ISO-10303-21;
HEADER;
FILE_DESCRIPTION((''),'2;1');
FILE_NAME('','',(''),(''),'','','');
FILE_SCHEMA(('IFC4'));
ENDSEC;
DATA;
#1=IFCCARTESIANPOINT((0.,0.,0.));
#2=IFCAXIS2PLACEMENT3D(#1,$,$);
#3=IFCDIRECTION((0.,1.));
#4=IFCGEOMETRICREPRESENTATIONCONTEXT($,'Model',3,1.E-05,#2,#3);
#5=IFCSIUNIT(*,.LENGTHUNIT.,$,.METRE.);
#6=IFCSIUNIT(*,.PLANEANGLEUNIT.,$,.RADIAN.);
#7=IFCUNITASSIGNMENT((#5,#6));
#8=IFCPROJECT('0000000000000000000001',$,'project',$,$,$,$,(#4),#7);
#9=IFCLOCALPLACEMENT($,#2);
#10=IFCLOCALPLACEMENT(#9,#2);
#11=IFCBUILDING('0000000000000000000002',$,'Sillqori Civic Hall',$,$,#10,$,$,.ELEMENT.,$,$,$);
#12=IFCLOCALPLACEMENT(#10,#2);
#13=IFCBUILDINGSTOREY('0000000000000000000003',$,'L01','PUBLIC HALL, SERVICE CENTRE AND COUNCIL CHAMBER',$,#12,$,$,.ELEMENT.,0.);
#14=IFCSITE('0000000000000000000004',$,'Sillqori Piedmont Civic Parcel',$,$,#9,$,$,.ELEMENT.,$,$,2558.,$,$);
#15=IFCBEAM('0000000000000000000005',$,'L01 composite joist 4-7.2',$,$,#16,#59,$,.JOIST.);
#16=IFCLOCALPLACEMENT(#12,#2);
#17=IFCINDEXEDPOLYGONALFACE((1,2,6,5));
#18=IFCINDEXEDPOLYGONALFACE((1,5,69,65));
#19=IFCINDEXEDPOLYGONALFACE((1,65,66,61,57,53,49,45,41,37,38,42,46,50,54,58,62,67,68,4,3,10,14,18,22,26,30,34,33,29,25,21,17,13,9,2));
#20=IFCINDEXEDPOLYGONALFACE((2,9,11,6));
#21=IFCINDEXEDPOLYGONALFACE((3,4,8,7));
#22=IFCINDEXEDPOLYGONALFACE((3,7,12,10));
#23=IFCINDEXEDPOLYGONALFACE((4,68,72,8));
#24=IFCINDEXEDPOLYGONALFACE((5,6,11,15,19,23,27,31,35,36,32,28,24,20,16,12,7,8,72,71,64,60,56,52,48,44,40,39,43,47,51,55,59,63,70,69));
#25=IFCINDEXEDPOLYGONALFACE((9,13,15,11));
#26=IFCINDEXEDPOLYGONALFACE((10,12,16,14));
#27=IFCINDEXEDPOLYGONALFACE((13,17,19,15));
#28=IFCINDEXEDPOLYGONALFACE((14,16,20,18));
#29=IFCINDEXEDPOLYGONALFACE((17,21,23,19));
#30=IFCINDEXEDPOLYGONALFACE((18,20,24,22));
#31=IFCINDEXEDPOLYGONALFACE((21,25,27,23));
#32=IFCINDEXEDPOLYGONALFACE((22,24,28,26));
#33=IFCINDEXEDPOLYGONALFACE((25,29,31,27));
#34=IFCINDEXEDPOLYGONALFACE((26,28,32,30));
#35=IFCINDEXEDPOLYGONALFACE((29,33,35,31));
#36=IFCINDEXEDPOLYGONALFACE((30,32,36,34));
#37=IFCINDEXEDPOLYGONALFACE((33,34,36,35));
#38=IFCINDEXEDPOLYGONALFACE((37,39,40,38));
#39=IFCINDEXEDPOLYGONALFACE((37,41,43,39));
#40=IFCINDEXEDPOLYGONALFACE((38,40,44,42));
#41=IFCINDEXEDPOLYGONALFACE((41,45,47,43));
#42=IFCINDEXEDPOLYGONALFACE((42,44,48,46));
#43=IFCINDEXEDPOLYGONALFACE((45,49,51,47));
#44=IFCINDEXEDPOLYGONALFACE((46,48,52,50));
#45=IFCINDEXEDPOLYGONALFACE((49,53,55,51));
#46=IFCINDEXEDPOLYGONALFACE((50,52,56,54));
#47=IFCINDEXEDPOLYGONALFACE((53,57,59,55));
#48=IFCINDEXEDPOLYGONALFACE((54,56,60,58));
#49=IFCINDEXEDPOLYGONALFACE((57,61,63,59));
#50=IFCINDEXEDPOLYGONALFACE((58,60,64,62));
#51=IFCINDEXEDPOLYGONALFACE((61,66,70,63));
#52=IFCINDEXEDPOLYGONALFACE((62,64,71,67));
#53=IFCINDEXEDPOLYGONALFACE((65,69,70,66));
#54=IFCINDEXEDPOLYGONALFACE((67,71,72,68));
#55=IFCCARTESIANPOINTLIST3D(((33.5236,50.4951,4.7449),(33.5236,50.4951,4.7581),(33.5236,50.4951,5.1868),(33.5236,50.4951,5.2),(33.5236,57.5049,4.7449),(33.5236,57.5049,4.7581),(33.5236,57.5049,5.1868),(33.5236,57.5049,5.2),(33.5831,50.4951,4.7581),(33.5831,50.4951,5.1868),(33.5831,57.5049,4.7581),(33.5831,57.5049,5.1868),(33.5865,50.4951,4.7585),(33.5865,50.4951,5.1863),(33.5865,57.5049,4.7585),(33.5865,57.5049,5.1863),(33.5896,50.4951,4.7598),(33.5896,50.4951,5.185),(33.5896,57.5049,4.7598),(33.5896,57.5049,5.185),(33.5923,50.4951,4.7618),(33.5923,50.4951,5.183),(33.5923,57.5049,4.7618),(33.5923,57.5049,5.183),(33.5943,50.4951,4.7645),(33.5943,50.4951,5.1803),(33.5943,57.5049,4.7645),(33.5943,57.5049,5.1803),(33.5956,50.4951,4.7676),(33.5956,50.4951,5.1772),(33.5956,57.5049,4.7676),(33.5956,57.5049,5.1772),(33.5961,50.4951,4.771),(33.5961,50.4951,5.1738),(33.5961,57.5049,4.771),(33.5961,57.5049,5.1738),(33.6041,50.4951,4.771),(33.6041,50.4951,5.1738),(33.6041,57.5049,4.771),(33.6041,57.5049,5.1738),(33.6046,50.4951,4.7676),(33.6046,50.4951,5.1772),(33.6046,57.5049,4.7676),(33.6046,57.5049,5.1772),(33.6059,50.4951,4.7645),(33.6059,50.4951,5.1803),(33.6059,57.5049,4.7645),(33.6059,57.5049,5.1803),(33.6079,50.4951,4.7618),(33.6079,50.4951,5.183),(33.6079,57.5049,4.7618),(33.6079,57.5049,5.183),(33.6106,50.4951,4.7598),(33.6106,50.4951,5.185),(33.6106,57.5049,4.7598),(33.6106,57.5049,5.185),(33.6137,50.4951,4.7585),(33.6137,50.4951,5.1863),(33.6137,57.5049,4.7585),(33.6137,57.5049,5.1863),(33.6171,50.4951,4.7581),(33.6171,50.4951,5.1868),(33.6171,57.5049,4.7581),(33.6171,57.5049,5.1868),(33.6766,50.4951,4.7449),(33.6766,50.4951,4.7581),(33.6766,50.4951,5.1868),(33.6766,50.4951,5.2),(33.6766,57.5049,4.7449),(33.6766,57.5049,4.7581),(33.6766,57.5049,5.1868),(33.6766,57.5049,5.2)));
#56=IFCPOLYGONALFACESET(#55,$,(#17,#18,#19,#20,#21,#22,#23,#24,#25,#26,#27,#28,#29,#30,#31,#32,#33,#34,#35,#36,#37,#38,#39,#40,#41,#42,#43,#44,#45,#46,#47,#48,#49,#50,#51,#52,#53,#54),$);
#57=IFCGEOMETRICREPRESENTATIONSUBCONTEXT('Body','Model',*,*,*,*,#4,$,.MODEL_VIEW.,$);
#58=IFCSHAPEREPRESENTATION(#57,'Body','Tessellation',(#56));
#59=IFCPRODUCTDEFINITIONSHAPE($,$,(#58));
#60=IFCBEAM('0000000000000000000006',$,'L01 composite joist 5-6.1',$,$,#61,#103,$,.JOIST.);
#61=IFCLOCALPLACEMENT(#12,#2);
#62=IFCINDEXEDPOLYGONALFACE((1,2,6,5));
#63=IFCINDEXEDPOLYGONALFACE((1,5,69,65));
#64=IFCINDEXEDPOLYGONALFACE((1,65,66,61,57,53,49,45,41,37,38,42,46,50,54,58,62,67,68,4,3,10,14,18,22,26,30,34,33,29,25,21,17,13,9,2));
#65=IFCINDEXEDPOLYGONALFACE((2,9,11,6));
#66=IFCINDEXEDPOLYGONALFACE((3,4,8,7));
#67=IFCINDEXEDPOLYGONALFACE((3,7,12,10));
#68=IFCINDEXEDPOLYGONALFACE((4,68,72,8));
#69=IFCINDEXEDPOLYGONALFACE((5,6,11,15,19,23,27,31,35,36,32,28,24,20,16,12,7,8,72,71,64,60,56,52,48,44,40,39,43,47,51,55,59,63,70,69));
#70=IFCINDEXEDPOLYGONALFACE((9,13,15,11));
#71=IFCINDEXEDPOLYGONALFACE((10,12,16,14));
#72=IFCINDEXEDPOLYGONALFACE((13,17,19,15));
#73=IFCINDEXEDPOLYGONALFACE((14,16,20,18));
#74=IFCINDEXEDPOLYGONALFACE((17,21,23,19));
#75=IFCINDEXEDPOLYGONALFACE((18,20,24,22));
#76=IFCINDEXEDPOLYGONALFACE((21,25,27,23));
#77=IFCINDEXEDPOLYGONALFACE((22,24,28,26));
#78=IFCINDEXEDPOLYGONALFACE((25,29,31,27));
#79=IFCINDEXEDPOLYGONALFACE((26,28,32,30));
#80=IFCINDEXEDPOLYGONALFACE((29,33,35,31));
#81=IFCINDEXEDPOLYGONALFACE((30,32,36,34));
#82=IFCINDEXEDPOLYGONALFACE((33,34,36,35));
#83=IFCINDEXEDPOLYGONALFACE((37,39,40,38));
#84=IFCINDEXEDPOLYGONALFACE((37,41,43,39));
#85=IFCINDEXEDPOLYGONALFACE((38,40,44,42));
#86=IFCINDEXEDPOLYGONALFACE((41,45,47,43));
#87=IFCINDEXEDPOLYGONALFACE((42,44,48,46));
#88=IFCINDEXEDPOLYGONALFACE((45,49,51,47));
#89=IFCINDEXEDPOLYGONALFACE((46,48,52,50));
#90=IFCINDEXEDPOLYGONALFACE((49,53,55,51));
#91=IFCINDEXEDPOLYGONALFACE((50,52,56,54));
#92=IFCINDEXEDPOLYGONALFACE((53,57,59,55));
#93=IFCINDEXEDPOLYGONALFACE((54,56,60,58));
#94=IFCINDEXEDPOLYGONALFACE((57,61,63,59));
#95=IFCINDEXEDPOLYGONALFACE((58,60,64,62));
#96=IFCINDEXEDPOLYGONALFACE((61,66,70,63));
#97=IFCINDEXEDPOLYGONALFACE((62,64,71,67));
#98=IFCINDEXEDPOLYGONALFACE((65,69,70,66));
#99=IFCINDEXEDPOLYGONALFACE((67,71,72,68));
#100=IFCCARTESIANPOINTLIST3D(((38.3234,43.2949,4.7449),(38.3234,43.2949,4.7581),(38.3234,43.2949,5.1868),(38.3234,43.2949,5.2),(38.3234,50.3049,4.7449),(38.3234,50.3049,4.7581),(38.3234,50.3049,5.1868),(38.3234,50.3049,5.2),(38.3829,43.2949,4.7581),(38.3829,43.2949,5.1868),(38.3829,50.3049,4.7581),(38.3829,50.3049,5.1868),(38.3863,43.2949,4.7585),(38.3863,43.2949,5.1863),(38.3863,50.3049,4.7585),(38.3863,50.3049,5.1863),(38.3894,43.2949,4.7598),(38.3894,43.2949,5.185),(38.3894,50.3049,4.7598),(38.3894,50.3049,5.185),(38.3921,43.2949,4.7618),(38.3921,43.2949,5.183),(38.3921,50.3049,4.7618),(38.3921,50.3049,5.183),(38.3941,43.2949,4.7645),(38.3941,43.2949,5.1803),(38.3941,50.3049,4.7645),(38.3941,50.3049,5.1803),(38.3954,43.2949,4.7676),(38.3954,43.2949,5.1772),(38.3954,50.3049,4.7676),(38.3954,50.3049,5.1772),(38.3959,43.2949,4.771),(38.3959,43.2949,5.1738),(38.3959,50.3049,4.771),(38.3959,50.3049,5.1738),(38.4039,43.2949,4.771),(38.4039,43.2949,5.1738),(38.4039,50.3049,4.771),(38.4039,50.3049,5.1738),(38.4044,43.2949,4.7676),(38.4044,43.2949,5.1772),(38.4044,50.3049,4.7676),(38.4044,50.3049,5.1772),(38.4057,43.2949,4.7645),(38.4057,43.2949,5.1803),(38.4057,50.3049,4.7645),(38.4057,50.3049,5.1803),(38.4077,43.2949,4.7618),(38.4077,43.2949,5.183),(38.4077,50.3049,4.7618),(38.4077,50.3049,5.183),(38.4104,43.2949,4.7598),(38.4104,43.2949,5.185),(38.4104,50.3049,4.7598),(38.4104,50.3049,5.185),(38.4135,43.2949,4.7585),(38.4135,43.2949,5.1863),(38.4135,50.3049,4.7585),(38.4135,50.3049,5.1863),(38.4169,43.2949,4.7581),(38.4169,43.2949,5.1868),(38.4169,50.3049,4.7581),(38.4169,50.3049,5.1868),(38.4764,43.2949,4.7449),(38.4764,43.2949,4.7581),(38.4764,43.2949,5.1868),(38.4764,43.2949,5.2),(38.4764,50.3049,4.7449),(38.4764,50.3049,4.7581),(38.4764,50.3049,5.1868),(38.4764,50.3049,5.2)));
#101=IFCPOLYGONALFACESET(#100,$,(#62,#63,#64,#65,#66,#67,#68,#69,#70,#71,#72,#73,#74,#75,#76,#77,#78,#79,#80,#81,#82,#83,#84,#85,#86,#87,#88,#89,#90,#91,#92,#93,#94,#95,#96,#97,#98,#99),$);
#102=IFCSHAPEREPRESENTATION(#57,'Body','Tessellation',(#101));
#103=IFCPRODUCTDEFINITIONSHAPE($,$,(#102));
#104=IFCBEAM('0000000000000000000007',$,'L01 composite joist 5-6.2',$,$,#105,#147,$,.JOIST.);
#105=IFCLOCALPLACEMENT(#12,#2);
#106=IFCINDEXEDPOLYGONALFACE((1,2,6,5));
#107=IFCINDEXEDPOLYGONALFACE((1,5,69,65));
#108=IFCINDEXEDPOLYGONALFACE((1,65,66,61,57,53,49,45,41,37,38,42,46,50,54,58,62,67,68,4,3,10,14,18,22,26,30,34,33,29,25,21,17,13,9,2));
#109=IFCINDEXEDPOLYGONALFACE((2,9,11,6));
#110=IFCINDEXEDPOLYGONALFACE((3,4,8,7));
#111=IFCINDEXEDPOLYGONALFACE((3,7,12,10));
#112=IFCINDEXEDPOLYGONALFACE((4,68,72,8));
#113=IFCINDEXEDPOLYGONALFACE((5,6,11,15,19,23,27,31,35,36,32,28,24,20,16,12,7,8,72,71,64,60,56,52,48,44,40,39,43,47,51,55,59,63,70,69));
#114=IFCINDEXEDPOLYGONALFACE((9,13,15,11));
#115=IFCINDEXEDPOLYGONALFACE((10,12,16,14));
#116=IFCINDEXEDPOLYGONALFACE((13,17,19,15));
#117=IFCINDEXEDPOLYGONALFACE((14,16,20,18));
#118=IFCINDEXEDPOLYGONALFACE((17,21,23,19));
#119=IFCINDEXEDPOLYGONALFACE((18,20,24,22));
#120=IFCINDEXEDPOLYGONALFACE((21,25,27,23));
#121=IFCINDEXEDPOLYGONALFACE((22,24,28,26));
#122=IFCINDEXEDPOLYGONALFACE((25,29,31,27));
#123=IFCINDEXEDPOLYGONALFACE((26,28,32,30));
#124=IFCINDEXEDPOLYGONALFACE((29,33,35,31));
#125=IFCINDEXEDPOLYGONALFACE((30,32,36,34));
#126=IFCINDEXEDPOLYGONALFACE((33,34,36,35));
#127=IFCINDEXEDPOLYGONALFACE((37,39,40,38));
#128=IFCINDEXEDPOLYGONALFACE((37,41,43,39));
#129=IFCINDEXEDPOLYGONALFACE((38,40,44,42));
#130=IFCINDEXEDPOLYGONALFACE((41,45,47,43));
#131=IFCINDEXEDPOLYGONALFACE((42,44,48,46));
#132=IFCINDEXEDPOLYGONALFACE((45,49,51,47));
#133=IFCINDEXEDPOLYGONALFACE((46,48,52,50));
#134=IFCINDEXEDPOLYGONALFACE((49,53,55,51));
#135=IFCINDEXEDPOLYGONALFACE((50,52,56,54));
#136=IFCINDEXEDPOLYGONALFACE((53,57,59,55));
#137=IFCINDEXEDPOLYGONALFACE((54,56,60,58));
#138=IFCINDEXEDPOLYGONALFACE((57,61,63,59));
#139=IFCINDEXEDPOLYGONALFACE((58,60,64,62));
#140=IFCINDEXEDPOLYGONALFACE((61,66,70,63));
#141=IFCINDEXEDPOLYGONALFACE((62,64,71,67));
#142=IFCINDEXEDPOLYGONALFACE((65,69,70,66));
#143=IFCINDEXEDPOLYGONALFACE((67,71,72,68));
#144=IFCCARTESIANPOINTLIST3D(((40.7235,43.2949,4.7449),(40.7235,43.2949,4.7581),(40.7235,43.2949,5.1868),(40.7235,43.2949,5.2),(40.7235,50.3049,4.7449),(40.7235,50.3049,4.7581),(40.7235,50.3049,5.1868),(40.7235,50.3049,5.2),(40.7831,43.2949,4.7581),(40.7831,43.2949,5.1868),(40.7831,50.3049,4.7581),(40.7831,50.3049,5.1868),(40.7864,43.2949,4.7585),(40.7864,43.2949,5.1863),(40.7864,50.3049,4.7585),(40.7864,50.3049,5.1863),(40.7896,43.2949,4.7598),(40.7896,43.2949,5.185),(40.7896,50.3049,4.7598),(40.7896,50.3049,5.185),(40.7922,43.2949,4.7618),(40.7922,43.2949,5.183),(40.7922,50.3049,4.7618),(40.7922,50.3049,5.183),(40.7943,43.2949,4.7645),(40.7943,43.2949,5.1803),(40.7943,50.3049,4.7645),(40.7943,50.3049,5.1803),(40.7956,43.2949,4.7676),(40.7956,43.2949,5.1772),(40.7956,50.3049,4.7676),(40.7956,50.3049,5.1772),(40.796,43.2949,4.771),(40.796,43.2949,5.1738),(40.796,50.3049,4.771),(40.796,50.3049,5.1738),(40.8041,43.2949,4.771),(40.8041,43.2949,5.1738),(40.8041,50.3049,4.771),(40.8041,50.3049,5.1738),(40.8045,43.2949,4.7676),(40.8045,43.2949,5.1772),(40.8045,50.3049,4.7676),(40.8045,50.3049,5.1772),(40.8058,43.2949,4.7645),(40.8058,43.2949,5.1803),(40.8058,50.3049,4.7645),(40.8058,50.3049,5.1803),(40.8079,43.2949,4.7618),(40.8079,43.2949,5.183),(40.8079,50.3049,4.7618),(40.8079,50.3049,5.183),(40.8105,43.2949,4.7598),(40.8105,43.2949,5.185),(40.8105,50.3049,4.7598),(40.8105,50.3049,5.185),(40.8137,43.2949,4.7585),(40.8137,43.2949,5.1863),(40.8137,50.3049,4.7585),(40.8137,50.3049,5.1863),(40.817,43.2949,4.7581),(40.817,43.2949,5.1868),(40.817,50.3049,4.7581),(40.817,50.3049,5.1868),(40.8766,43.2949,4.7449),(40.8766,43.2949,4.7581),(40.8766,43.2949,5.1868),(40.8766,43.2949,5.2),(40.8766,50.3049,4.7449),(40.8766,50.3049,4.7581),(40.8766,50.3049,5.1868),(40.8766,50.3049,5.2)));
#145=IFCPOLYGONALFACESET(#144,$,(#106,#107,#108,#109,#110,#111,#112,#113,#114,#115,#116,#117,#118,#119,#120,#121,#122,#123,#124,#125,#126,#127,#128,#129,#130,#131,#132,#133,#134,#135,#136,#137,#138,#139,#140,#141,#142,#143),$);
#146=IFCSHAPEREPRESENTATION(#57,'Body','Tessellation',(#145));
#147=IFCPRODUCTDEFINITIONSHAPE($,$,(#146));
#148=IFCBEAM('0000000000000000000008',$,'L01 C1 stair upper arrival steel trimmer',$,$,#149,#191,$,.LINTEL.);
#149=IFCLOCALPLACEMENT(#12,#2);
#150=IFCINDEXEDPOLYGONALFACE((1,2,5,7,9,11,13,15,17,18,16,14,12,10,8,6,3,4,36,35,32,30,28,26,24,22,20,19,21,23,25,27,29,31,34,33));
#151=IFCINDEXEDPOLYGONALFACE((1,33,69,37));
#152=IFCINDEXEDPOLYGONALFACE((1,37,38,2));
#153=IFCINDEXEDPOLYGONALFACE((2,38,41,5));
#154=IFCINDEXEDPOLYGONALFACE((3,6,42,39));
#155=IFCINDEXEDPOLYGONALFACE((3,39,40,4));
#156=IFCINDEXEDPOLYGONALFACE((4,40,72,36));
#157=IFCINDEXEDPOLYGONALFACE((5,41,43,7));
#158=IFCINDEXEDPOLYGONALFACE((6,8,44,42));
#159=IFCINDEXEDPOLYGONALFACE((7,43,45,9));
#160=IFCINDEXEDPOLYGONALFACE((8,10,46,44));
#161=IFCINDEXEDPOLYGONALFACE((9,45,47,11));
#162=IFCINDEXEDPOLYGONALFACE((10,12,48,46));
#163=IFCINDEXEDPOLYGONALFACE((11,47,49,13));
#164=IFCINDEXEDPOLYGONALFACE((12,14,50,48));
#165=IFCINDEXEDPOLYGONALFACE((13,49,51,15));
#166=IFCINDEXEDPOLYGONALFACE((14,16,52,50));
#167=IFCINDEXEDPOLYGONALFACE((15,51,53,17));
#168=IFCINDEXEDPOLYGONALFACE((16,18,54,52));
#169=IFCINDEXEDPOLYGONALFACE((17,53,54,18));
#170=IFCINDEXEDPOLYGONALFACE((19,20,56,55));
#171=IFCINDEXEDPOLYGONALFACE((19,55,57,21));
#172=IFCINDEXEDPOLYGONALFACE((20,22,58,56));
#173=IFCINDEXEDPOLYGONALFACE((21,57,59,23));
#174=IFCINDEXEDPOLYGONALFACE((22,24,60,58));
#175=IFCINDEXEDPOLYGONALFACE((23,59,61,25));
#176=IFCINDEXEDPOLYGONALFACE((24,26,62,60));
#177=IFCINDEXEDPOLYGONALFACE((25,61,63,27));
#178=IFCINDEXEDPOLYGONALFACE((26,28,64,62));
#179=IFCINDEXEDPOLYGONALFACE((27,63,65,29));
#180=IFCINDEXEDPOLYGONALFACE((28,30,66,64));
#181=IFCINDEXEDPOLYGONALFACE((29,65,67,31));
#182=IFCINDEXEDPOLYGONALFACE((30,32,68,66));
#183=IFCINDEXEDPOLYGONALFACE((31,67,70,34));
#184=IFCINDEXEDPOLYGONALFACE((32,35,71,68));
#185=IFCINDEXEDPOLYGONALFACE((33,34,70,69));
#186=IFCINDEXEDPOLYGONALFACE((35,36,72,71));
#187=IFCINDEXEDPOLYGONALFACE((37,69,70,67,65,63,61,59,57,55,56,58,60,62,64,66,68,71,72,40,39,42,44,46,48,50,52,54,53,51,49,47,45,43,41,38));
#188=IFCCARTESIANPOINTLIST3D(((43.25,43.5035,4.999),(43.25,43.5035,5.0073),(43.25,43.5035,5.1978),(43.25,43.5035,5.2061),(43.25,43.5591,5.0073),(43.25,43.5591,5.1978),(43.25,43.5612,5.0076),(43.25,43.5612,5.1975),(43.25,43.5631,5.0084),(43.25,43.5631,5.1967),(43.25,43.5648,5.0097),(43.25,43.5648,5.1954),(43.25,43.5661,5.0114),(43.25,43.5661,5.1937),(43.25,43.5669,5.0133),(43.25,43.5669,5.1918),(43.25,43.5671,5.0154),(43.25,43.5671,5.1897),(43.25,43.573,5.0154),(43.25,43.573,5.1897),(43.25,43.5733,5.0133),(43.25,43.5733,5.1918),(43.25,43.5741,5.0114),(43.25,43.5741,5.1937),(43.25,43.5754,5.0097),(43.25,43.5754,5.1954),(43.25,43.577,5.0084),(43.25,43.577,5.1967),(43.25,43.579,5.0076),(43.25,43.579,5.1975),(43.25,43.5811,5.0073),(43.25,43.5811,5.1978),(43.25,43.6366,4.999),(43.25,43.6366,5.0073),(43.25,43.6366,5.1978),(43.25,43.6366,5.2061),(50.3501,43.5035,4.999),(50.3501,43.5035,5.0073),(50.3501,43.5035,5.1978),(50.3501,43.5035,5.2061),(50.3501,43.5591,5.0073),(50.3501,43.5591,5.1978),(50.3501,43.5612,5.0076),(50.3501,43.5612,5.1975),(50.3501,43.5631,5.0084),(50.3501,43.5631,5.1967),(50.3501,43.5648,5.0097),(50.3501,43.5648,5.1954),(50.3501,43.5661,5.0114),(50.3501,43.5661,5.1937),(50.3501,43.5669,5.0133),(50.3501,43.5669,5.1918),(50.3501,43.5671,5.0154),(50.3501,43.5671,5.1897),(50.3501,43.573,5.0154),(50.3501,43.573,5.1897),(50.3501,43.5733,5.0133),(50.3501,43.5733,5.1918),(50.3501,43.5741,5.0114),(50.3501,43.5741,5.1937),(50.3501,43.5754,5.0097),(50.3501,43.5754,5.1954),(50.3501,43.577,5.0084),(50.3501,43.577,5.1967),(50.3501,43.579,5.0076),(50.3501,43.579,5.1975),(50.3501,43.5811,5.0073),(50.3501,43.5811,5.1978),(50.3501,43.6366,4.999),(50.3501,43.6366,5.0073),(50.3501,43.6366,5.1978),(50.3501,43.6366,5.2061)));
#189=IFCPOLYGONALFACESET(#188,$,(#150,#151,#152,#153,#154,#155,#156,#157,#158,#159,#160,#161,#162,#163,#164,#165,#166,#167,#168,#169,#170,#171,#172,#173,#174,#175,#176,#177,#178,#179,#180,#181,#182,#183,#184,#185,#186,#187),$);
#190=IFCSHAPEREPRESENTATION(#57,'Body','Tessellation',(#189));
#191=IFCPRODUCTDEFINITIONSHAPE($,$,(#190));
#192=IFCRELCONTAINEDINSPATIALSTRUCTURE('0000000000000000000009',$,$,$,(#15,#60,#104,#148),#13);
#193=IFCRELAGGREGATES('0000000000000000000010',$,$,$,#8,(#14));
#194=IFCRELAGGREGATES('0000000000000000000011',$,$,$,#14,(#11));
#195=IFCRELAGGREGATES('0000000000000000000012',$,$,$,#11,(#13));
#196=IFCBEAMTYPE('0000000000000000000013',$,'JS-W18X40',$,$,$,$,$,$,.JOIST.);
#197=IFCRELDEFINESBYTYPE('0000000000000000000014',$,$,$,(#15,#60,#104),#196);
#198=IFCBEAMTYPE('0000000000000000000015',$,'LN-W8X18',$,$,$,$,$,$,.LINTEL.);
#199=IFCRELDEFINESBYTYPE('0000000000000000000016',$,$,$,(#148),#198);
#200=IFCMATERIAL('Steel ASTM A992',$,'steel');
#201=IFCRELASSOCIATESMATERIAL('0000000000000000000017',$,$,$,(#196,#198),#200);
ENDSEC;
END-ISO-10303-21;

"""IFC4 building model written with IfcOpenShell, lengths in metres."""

from ifc_helpers import new_model, si_unit, direction, frame, origin, origin_2d, place, context, subcontext, project, spatial, i_section, extrude, material, material_profile, profile_set, type_object, element, save


model = new_model("IFC4")

# Units and contexts
model_context = context("Model", 3, precision=1e-05, world=origin(), true_north=direction((0.0, 1.0)))
body_context = subcontext(model_context, "Body", "Model", "MODEL_VIEW")
ifc_project = project(units=[si_unit("LENGTHUNIT", "METRE"), si_unit("PLANEANGLEUNIT", "RADIAN")], contexts=[model_context])

# Site, building, storey
site_placement = place(None, origin())
site = spatial("IfcSite", under=ifc_project, at=site_placement, Name="Sillqori Piedmont Civic Parcel", CompositionType="ELEMENT", RefElevation=2558.0)
building_placement = place(site_placement, origin())
building = spatial("IfcBuilding", under=site, at=building_placement, Name="Sillqori Civic Hall", CompositionType="ELEMENT")
storey_placement = place(building_placement, origin())
storey = spatial("IfcBuildingStorey", under=building, at=storey_placement, Name="L01", Description="PUBLIC HALL, SERVICE CENTRE AND COUNCIL CHAMBER", CompositionType="ELEMENT", Elevation=0.0)

# Shared definitions
ifc_material_1 = material(Name="Steel ASTM A992", Category="steel")

# Beams
ifc_material_profile_1 = material_profile(ifc_material_1, i_section(OverallWidth=0.1531, OverallDepth=0.4551, WebThickness=0.0081, FlangeThickness=0.0132, FilletRadius=0.0129, at=origin_2d()), Name="W18X40")
ifc_profile_set_1 = profile_set([ifc_material_profile_1], Name="Steel ASTM A992")
beam_type_1 = type_object("IfcBeamType", Name="JS-W18X40", PredefinedType="JOIST", material=ifc_profile_set_1)
for number, where, z_axis, x_axis, name in (
    (1, (33.6001, 50.4951, 4.9724), (0.0, 1.0, 0.0), (-1.0, 0.0, 0.0), "L01 composite joist 4-7.2"),
):
    element("IfcBeam", number, at=place(storey_placement, frame(where, z_axis=z_axis, x_axis=x_axis)), inside=storey, type_object=beam_type_1, Name=name, PredefinedType="JOIST", context=body_context, shape_type="SweptSolid", body=[
        extrude(i_section(OverallWidth=0.1531, OverallDepth=0.4551, WebThickness=0.0081, FlangeThickness=0.0132, FilletRadius=0.0129, at=origin_2d()), origin(), (0.0, 0.0, 1.0), 7.0098),
    ])
for number, where, z_axis, x_axis, name in (
    (2, (38.3999, 43.2949, 4.9724), (0.0, 1.0, 0.0), (-1.0, 0.0, 0.0), "L01 composite joist 5-6.1"),
    (3, (40.8, 43.2949, 4.9724), (0.0, 1.0, 0.0), (-1.0, 0.0, 0.0), "L01 composite joist 5-6.2"),
):
    element("IfcBeam", number, at=place(storey_placement, frame(where, z_axis=z_axis, x_axis=x_axis)), inside=storey, type_object=beam_type_1, Name=name, PredefinedType="JOIST", context=body_context, shape_type="SweptSolid", body=[
        extrude(i_section(OverallWidth=0.1531, OverallDepth=0.4551, WebThickness=0.0081, FlangeThickness=0.0132, FilletRadius=0.0129, at=origin_2d()), origin(), (0.0, 0.0, 1.0), 7.01),
    ])
ifc_material_profile_2 = material_profile(ifc_material_1, i_section(OverallWidth=0.1331, OverallDepth=0.207, WebThickness=0.0059, FlangeThickness=0.0083, FilletRadius=0.0081, at=origin_2d()), Name="W8X18")
ifc_profile_set_2 = profile_set([ifc_material_profile_2], Name="Steel ASTM A992")
beam_type_2 = type_object("IfcBeamType", Name="LN-W8X18", PredefinedType="LINTEL", material=ifc_profile_set_2)
beam_1_placement = place(storey_placement, frame((43.25, 43.5701, 5.1025), z_axis=(1.0, 0.0, 0.0), x_axis=(0.0, 1.0, 0.0)))
element("IfcBeam", 4, at=beam_1_placement, inside=storey, type_object=beam_type_2, Name="L01 C1 stair upper arrival steel trimmer", PredefinedType="LINTEL", context=body_context, shape_type="SweptSolid", body=[
    extrude(i_section(OverallWidth=0.1331, OverallDepth=0.207, WebThickness=0.0059, FlangeThickness=0.0083, FilletRadius=0.0081, at=origin_2d()), origin(), (0.0, 0.0, 1.0), 7.1001),
])

save(model, "model.ifc")
